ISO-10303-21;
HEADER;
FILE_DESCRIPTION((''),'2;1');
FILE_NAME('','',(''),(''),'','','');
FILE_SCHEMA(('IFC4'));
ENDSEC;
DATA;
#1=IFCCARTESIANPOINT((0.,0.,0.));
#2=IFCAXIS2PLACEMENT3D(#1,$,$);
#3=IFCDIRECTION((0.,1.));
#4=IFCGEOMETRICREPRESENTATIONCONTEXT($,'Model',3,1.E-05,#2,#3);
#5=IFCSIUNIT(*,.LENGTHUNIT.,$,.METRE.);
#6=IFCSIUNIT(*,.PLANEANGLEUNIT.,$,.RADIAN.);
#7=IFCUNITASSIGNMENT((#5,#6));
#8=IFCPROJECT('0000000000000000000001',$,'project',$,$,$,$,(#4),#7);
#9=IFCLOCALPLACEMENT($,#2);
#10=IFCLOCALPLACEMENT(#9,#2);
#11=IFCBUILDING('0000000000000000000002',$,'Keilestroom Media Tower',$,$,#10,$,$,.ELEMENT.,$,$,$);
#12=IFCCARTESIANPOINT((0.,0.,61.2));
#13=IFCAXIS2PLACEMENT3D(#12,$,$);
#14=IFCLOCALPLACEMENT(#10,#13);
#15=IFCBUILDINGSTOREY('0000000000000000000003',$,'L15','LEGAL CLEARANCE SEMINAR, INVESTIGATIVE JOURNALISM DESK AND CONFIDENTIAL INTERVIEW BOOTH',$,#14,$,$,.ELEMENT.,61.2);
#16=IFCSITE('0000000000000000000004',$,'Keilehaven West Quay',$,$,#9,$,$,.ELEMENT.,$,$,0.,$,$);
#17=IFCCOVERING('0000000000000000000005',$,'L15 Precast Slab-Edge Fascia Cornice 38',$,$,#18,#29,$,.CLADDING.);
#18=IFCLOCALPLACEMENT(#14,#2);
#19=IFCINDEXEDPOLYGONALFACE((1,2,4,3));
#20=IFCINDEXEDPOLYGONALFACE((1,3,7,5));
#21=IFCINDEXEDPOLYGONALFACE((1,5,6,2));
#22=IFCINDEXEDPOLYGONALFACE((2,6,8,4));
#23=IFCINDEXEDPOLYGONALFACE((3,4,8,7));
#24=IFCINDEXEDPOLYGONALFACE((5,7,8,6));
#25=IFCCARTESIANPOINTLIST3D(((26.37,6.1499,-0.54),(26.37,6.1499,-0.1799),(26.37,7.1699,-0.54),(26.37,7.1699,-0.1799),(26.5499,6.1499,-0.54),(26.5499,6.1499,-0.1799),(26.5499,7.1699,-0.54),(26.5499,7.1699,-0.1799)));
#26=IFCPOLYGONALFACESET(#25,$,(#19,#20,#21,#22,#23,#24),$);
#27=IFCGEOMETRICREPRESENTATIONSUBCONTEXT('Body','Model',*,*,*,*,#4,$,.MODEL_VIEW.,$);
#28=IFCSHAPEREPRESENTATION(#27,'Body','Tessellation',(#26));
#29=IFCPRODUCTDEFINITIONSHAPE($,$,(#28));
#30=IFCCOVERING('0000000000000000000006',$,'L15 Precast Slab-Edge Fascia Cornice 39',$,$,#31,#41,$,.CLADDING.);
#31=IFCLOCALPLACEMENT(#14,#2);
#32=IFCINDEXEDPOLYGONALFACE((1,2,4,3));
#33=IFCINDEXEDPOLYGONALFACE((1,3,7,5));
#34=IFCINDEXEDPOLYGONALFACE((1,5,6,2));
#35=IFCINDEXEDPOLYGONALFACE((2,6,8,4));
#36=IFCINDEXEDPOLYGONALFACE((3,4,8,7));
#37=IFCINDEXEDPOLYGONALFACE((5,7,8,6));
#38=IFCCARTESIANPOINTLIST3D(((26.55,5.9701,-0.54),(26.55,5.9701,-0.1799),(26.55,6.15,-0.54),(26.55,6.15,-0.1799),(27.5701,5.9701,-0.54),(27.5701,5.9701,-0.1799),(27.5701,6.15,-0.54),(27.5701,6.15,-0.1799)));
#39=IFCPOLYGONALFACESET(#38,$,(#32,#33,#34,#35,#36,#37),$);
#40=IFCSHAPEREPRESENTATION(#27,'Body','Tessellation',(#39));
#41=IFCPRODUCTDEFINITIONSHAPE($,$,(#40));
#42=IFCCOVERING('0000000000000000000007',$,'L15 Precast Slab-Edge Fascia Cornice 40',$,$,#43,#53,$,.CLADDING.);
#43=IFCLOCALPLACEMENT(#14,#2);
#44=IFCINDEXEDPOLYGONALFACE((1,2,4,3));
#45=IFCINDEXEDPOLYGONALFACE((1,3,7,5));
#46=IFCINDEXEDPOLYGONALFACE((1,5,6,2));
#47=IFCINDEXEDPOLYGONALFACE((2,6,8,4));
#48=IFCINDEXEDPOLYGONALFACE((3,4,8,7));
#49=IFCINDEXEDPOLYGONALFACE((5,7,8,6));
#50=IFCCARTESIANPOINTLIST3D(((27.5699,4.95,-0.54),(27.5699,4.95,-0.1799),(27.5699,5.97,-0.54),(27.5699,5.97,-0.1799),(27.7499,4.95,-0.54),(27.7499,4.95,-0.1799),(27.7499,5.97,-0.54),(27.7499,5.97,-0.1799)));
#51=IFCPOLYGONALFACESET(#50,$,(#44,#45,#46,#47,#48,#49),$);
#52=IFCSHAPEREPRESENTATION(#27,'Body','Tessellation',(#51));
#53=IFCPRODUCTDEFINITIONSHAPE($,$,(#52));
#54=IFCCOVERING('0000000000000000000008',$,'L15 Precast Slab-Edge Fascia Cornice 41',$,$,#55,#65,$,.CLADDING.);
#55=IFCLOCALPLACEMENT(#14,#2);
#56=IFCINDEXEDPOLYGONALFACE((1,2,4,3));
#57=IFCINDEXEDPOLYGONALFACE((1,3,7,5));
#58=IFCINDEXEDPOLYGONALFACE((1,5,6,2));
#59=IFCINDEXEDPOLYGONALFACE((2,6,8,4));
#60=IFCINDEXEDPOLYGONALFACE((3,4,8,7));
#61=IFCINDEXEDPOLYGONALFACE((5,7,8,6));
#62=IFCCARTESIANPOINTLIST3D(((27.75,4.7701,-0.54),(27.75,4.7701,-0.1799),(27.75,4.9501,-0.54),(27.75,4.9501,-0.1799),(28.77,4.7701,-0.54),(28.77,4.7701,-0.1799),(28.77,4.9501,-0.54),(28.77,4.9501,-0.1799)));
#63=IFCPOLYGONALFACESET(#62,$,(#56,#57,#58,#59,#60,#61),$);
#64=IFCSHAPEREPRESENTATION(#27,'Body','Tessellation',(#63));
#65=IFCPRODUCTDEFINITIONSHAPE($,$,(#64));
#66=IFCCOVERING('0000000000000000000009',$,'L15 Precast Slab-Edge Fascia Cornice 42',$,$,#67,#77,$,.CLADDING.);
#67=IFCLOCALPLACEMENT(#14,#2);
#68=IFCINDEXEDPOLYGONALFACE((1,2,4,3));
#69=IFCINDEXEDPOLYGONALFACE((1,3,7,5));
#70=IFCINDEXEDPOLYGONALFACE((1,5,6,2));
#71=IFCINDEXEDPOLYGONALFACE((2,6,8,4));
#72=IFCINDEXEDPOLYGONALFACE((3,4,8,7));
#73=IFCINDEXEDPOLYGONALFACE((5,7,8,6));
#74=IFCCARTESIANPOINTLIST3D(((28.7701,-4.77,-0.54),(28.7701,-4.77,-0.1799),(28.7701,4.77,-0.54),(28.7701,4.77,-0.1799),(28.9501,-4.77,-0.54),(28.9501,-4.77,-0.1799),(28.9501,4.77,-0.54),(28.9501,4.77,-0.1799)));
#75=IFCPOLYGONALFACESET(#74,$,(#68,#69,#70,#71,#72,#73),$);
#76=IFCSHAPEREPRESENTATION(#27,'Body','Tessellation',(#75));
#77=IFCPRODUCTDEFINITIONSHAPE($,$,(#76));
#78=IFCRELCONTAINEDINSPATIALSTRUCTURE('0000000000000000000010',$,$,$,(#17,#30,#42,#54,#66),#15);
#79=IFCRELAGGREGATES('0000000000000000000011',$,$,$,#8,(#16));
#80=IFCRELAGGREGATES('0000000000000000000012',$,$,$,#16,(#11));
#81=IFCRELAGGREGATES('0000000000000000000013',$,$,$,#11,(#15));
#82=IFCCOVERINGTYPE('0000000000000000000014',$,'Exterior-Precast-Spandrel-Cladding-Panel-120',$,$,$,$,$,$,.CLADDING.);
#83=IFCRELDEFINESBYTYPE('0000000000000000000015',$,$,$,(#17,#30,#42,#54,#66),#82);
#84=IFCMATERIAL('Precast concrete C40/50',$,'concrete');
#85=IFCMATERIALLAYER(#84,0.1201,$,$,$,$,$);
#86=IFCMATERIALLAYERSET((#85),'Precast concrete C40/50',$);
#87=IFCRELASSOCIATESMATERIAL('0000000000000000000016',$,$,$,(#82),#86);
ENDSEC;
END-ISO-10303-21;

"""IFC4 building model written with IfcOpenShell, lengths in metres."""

from ifc_helpers import new_model, si_unit, direction, frame, origin, origin_2d, place, context, subcontext, project, spatial, rectangle, extrude, source, transform, mapped, material, layer, layer_set, type_object, element, save


model = new_model("IFC4")

# Units and contexts
model_context = context("Model", 3, precision=1e-05, world=origin(), true_north=direction((0.0, 1.0)))
body_context = subcontext(model_context, "Body", "Model", "MODEL_VIEW")
ifc_project = project(units=[si_unit("LENGTHUNIT", "METRE"), si_unit("PLANEANGLEUNIT", "RADIAN")], contexts=[model_context])

# Site, building, storey
site_placement = place(None, origin())
site = spatial("IfcSite", under=ifc_project, at=site_placement, Name="Keilehaven West Quay", CompositionType="ELEMENT", RefElevation=0.0)
building_placement = place(site_placement, origin())
building = spatial("IfcBuilding", under=site, at=building_placement, Name="Keilestroom Media Tower", CompositionType="ELEMENT")
storey_placement = place(building_placement, frame((0.0, 0.0, 61.2)))
storey = spatial("IfcBuildingStorey", under=building, at=storey_placement, Name="L15", Description="LEGAL CLEARANCE SEMINAR, INVESTIGATIVE JOURNALISM DESK AND CONFIDENTIAL INTERVIEW BOOTH", CompositionType="ELEMENT", Elevation=61.2)

# Shared definitions
ifc_material_1 = material(Name="Precast concrete C40/50", Category="concrete")

# Coverings
ifc_layer_1 = layer(ifc_material_1, 0.1201)
ifc_layer_set_1 = layer_set([ifc_layer_1], Name="Precast concrete C40/50")
covering_type = type_object("IfcCoveringType", Name="Exterior-Precast-Spandrel-Cladding-Panel-120", PredefinedType="CLADDING", material=ifc_layer_set_1)
shared_shape_1 = source(origin(), body_context, "Body", "SweptSolid", [
    extrude(rectangle(XDim=1.02, YDim=0.1799, at=origin_2d()), origin(), (0.0, 0.0, 1.0), 0.3601),
])
for number, where, z_axis, x_axis, name in (
    (1, (26.46, 6.6599, -0.54), (0.0, 0.0, 1.0), (0.0, -1.0, 0.0), "L15 Precast Slab-Edge Fascia Cornice 38"),
    (2, (27.0601, 6.0601, -0.54), (0.0, 0.0, 1.0), (1.0, 0.0, 0.0), "L15 Precast Slab-Edge Fascia Cornice 39"),
    (3, (27.6599, 5.46, -0.54), (0.0, 0.0, 1.0), (0.0, -1.0, 0.0), "L15 Precast Slab-Edge Fascia Cornice 40"),
    (4, (28.26, 4.8601, -0.54), (0.0, 0.0, 1.0), (1.0, 0.0, 0.0), "L15 Precast Slab-Edge Fascia Cornice 41"),
):
    element("IfcCovering", number, at=place(storey_placement, frame(where, z_axis=z_axis, x_axis=x_axis)), inside=storey, type_object=covering_type, Name=name, PredefinedType="CLADDING", context=body_context, shape_type="MappedRepresentation", body=[
        mapped(shared_shape_1, transform((0.0, 0.0, 0.0), x_axis=(1.0, 0.0, 0.0), y_axis=(0.0, 1.0, 0.0), z_axis=(0.0, 0.0, 1.0), scale=1.0)),
    ])
shared_shape_2 = source(origin(), body_context, "Body", "SweptSolid", [
    extrude(rectangle(XDim=9.54, YDim=0.1799, at=origin_2d()), origin(), (0.0, 0.0, 1.0), 0.3601),
])
covering_placement = place(storey_placement, frame((28.8601, 0.0, -0.54), z_axis=(0.0, 0.0, 1.0), x_axis=(0.0, -1.0, 0.0)))
element("IfcCovering", 5, at=covering_placement, inside=storey, type_object=covering_type, Name="L15 Precast Slab-Edge Fascia Cornice 42", PredefinedType="CLADDING", context=body_context, shape_type="MappedRepresentation", body=[
    mapped(shared_shape_2, transform((0.0, 0.0, 0.0), x_axis=(1.0, 0.0, 0.0), y_axis=(0.0, 1.0, 0.0), z_axis=(0.0, 0.0, 1.0), scale=1.0)),
])

save(model, "model.ifc")
